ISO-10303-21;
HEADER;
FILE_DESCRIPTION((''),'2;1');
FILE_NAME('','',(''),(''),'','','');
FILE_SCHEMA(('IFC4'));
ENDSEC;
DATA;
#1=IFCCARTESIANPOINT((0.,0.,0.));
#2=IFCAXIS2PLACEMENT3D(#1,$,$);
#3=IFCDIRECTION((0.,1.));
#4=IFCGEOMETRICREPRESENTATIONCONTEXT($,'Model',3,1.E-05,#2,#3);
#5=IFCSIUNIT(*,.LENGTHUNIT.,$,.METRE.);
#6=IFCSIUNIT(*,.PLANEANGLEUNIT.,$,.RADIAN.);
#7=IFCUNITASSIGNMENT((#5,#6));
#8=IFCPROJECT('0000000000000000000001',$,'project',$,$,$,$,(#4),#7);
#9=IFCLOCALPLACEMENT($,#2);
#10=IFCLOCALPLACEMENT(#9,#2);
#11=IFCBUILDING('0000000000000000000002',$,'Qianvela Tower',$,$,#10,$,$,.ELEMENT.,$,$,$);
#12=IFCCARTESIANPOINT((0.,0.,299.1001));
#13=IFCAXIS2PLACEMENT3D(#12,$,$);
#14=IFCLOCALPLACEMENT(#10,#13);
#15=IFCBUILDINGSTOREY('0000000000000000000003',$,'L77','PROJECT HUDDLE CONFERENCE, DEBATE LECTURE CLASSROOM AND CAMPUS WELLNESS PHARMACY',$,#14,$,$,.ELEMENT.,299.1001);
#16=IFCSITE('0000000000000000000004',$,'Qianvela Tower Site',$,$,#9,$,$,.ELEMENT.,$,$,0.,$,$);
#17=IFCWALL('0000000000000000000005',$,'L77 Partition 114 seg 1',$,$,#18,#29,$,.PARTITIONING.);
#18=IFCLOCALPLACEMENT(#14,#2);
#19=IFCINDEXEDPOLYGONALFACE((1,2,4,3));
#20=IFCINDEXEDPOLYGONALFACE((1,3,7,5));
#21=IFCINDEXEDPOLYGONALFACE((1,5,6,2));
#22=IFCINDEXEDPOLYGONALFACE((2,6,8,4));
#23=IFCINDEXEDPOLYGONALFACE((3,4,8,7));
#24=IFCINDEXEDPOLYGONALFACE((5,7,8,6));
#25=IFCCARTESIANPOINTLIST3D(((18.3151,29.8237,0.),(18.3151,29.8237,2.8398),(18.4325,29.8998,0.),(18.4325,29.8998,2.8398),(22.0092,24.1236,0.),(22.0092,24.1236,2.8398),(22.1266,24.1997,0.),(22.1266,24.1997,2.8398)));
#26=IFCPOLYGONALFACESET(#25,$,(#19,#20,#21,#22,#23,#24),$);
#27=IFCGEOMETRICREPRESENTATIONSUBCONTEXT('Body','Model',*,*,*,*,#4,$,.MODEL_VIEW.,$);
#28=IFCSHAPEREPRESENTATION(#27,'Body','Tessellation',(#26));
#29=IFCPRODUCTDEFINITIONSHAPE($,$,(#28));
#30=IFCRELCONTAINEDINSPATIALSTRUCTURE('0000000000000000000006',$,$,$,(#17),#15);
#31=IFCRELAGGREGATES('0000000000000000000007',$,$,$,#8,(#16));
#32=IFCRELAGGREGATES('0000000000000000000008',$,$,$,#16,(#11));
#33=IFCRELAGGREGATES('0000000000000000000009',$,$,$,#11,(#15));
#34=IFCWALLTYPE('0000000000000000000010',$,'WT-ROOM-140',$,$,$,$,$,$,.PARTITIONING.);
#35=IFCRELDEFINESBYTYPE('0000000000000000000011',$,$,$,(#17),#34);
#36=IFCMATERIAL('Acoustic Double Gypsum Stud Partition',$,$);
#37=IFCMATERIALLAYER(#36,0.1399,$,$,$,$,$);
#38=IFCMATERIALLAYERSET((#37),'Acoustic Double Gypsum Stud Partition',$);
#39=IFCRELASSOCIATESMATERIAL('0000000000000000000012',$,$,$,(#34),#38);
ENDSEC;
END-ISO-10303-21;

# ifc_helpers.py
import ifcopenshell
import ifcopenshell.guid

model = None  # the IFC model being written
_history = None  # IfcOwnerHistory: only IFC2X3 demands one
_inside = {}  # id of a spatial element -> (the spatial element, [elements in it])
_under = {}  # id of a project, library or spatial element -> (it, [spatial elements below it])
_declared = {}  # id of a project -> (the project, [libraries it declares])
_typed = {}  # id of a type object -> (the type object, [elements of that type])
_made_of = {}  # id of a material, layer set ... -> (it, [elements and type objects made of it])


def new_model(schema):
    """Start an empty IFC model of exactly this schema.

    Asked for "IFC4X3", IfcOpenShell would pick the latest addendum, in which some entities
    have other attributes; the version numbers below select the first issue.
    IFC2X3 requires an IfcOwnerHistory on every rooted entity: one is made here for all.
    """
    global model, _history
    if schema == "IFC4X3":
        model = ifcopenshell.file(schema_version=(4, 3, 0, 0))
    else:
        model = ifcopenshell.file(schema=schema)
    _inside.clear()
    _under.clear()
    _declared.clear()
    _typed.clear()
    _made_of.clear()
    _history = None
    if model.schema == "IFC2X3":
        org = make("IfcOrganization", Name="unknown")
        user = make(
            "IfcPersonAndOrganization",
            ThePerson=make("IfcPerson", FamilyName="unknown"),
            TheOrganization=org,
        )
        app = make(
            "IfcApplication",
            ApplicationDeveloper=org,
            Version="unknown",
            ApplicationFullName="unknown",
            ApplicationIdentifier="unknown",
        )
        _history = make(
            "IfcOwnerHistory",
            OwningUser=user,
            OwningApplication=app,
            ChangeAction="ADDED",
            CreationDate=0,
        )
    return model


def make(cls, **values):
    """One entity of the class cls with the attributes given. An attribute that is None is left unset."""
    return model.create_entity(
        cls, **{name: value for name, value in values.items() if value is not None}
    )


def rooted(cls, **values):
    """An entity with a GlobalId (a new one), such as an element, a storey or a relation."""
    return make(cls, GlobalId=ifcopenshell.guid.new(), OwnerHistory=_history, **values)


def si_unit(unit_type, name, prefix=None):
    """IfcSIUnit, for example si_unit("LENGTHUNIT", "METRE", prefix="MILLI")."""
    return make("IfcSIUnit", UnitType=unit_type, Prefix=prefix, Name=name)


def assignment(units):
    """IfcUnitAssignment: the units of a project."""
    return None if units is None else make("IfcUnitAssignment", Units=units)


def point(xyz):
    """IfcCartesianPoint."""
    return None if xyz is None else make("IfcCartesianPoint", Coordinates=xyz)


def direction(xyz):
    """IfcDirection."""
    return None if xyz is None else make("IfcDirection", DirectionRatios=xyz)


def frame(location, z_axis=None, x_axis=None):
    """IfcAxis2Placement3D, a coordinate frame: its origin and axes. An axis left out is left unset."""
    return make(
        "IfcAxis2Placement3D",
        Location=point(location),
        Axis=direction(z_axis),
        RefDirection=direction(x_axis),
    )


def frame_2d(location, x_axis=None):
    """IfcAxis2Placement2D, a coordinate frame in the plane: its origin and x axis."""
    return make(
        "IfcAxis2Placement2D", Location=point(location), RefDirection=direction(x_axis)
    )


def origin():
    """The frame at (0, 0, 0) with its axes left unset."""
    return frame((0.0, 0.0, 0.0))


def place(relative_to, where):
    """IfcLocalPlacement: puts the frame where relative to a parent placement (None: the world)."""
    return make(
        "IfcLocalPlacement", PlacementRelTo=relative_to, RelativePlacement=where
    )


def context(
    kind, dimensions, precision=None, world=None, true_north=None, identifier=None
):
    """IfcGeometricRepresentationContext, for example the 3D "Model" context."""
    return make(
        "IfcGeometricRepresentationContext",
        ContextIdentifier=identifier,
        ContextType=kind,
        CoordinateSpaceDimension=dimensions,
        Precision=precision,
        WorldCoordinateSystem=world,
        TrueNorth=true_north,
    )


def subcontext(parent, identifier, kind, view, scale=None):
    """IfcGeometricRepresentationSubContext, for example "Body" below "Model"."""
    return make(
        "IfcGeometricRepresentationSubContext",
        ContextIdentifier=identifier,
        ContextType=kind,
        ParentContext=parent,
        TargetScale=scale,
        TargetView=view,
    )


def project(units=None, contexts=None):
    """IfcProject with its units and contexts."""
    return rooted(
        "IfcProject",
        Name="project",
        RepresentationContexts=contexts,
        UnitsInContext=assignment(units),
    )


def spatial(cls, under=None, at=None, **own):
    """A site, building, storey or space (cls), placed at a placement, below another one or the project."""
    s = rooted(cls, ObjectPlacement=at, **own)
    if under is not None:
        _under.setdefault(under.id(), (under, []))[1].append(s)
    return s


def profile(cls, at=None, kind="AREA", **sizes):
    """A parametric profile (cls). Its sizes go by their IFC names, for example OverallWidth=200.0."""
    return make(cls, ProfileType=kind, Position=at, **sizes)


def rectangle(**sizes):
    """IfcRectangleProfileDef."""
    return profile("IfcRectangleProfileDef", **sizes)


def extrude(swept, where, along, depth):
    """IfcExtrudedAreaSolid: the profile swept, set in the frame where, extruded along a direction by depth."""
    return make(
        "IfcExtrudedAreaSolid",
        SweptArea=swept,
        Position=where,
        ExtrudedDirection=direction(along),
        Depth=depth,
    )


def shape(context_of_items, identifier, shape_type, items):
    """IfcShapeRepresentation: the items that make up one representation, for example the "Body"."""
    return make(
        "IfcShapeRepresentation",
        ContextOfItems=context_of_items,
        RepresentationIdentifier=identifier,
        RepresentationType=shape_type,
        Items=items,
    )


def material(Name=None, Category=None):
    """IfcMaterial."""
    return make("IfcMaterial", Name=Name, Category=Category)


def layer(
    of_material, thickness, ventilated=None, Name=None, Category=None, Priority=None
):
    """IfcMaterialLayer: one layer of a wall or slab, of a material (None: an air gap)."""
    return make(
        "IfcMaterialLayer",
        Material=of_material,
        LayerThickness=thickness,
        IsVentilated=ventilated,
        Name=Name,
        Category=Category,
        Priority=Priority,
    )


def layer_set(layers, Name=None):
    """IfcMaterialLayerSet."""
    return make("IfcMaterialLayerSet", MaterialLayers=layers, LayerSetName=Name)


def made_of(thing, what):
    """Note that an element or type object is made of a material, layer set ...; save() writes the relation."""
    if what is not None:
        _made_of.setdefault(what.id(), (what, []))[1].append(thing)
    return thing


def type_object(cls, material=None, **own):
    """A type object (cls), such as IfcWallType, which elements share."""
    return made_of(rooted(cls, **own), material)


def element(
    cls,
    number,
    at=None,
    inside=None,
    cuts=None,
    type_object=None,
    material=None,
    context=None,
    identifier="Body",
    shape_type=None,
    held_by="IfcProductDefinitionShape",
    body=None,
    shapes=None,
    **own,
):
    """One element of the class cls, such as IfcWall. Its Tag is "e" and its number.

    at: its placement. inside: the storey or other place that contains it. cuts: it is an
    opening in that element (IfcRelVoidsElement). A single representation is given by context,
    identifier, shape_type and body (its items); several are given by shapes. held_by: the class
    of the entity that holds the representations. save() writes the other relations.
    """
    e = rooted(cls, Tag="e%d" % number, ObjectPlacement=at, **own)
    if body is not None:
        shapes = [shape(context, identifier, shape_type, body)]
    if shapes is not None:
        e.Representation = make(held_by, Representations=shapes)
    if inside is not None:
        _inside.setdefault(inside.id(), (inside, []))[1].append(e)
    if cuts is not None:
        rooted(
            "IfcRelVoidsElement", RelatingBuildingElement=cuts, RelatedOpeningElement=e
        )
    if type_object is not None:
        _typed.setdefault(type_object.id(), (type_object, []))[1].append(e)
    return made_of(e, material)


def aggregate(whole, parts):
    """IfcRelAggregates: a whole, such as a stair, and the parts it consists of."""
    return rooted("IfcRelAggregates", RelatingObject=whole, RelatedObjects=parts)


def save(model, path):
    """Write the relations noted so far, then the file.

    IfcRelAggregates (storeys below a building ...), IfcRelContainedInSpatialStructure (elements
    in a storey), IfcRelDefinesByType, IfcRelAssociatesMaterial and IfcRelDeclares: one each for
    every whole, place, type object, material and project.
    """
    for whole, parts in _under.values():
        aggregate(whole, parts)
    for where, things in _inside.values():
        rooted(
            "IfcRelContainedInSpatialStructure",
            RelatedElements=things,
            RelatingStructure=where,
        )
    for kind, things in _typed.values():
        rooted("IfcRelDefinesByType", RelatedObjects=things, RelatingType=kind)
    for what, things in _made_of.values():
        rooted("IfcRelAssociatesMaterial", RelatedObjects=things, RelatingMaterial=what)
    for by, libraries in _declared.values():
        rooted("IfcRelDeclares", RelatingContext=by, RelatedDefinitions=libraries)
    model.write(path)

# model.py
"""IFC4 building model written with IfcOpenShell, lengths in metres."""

from ifc_helpers import new_model, si_unit, direction, frame, frame_2d, origin, place, context, subcontext, project, spatial, rectangle, extrude, material, layer, layer_set, type_object, element, save


model = new_model("IFC4")

# Units and contexts
model_context = context("Model", 3, precision=1e-05, world=origin(), true_north=direction((0.0, 1.0)))
body_context = subcontext(model_context, "Body", "Model", "MODEL_VIEW")
ifc_project = project(units=[si_unit("LENGTHUNIT", "METRE"), si_unit("PLANEANGLEUNIT", "RADIAN")], contexts=[model_context])

# Site, building, storey
site_placement = place(None, origin())
site = spatial("IfcSite", under=ifc_project, at=site_placement, Name="Qianvela Tower Site", CompositionType="ELEMENT", RefElevation=0.0)
building_placement = place(site_placement, origin())
building = spatial("IfcBuilding", under=site, at=building_placement, Name="Qianvela Tower", CompositionType="ELEMENT")
storey_placement = place(building_placement, frame((0.0, 0.0, 299.1001)))
storey = spatial("IfcBuildingStorey", under=building, at=storey_placement, Name="L77", Description="PROJECT HUDDLE CONFERENCE, DEBATE LECTURE CLASSROOM AND CAMPUS WELLNESS PHARMACY", CompositionType="ELEMENT", Elevation=299.1001)

# Wall
ifc_material_1 = material(Name="Acoustic Double Gypsum Stud Partition")
ifc_layer_1 = layer(ifc_material_1, 0.1399)
ifc_layer_set_1 = layer_set([ifc_layer_1], Name="Acoustic Double Gypsum Stud Partition")
wall_type_1 = type_object("IfcWallType", Name="WT-ROOM-140", PredefinedType="PARTITIONING", material=ifc_layer_set_1)
wall_1_placement = place(storey_placement, frame((22.0679, 24.1616, 0.0), z_axis=(0.0, 0.0, 1.0), x_axis=(-0.543846, 0.839185, 0.0)))
element("IfcWall", 1, at=wall_1_placement, inside=storey, type_object=wall_type_1, Name="L77 Partition 114 seg 1", PredefinedType="PARTITIONING", context=body_context, shape_type="SweptSolid", body=[
    extrude(rectangle(XDim=6.7925, YDim=0.1399, at=frame_2d((3.3962, 0.0))), origin(), (0.0, 0.0, 1.0), 2.8398),
])

save(model, "model.ifc")
